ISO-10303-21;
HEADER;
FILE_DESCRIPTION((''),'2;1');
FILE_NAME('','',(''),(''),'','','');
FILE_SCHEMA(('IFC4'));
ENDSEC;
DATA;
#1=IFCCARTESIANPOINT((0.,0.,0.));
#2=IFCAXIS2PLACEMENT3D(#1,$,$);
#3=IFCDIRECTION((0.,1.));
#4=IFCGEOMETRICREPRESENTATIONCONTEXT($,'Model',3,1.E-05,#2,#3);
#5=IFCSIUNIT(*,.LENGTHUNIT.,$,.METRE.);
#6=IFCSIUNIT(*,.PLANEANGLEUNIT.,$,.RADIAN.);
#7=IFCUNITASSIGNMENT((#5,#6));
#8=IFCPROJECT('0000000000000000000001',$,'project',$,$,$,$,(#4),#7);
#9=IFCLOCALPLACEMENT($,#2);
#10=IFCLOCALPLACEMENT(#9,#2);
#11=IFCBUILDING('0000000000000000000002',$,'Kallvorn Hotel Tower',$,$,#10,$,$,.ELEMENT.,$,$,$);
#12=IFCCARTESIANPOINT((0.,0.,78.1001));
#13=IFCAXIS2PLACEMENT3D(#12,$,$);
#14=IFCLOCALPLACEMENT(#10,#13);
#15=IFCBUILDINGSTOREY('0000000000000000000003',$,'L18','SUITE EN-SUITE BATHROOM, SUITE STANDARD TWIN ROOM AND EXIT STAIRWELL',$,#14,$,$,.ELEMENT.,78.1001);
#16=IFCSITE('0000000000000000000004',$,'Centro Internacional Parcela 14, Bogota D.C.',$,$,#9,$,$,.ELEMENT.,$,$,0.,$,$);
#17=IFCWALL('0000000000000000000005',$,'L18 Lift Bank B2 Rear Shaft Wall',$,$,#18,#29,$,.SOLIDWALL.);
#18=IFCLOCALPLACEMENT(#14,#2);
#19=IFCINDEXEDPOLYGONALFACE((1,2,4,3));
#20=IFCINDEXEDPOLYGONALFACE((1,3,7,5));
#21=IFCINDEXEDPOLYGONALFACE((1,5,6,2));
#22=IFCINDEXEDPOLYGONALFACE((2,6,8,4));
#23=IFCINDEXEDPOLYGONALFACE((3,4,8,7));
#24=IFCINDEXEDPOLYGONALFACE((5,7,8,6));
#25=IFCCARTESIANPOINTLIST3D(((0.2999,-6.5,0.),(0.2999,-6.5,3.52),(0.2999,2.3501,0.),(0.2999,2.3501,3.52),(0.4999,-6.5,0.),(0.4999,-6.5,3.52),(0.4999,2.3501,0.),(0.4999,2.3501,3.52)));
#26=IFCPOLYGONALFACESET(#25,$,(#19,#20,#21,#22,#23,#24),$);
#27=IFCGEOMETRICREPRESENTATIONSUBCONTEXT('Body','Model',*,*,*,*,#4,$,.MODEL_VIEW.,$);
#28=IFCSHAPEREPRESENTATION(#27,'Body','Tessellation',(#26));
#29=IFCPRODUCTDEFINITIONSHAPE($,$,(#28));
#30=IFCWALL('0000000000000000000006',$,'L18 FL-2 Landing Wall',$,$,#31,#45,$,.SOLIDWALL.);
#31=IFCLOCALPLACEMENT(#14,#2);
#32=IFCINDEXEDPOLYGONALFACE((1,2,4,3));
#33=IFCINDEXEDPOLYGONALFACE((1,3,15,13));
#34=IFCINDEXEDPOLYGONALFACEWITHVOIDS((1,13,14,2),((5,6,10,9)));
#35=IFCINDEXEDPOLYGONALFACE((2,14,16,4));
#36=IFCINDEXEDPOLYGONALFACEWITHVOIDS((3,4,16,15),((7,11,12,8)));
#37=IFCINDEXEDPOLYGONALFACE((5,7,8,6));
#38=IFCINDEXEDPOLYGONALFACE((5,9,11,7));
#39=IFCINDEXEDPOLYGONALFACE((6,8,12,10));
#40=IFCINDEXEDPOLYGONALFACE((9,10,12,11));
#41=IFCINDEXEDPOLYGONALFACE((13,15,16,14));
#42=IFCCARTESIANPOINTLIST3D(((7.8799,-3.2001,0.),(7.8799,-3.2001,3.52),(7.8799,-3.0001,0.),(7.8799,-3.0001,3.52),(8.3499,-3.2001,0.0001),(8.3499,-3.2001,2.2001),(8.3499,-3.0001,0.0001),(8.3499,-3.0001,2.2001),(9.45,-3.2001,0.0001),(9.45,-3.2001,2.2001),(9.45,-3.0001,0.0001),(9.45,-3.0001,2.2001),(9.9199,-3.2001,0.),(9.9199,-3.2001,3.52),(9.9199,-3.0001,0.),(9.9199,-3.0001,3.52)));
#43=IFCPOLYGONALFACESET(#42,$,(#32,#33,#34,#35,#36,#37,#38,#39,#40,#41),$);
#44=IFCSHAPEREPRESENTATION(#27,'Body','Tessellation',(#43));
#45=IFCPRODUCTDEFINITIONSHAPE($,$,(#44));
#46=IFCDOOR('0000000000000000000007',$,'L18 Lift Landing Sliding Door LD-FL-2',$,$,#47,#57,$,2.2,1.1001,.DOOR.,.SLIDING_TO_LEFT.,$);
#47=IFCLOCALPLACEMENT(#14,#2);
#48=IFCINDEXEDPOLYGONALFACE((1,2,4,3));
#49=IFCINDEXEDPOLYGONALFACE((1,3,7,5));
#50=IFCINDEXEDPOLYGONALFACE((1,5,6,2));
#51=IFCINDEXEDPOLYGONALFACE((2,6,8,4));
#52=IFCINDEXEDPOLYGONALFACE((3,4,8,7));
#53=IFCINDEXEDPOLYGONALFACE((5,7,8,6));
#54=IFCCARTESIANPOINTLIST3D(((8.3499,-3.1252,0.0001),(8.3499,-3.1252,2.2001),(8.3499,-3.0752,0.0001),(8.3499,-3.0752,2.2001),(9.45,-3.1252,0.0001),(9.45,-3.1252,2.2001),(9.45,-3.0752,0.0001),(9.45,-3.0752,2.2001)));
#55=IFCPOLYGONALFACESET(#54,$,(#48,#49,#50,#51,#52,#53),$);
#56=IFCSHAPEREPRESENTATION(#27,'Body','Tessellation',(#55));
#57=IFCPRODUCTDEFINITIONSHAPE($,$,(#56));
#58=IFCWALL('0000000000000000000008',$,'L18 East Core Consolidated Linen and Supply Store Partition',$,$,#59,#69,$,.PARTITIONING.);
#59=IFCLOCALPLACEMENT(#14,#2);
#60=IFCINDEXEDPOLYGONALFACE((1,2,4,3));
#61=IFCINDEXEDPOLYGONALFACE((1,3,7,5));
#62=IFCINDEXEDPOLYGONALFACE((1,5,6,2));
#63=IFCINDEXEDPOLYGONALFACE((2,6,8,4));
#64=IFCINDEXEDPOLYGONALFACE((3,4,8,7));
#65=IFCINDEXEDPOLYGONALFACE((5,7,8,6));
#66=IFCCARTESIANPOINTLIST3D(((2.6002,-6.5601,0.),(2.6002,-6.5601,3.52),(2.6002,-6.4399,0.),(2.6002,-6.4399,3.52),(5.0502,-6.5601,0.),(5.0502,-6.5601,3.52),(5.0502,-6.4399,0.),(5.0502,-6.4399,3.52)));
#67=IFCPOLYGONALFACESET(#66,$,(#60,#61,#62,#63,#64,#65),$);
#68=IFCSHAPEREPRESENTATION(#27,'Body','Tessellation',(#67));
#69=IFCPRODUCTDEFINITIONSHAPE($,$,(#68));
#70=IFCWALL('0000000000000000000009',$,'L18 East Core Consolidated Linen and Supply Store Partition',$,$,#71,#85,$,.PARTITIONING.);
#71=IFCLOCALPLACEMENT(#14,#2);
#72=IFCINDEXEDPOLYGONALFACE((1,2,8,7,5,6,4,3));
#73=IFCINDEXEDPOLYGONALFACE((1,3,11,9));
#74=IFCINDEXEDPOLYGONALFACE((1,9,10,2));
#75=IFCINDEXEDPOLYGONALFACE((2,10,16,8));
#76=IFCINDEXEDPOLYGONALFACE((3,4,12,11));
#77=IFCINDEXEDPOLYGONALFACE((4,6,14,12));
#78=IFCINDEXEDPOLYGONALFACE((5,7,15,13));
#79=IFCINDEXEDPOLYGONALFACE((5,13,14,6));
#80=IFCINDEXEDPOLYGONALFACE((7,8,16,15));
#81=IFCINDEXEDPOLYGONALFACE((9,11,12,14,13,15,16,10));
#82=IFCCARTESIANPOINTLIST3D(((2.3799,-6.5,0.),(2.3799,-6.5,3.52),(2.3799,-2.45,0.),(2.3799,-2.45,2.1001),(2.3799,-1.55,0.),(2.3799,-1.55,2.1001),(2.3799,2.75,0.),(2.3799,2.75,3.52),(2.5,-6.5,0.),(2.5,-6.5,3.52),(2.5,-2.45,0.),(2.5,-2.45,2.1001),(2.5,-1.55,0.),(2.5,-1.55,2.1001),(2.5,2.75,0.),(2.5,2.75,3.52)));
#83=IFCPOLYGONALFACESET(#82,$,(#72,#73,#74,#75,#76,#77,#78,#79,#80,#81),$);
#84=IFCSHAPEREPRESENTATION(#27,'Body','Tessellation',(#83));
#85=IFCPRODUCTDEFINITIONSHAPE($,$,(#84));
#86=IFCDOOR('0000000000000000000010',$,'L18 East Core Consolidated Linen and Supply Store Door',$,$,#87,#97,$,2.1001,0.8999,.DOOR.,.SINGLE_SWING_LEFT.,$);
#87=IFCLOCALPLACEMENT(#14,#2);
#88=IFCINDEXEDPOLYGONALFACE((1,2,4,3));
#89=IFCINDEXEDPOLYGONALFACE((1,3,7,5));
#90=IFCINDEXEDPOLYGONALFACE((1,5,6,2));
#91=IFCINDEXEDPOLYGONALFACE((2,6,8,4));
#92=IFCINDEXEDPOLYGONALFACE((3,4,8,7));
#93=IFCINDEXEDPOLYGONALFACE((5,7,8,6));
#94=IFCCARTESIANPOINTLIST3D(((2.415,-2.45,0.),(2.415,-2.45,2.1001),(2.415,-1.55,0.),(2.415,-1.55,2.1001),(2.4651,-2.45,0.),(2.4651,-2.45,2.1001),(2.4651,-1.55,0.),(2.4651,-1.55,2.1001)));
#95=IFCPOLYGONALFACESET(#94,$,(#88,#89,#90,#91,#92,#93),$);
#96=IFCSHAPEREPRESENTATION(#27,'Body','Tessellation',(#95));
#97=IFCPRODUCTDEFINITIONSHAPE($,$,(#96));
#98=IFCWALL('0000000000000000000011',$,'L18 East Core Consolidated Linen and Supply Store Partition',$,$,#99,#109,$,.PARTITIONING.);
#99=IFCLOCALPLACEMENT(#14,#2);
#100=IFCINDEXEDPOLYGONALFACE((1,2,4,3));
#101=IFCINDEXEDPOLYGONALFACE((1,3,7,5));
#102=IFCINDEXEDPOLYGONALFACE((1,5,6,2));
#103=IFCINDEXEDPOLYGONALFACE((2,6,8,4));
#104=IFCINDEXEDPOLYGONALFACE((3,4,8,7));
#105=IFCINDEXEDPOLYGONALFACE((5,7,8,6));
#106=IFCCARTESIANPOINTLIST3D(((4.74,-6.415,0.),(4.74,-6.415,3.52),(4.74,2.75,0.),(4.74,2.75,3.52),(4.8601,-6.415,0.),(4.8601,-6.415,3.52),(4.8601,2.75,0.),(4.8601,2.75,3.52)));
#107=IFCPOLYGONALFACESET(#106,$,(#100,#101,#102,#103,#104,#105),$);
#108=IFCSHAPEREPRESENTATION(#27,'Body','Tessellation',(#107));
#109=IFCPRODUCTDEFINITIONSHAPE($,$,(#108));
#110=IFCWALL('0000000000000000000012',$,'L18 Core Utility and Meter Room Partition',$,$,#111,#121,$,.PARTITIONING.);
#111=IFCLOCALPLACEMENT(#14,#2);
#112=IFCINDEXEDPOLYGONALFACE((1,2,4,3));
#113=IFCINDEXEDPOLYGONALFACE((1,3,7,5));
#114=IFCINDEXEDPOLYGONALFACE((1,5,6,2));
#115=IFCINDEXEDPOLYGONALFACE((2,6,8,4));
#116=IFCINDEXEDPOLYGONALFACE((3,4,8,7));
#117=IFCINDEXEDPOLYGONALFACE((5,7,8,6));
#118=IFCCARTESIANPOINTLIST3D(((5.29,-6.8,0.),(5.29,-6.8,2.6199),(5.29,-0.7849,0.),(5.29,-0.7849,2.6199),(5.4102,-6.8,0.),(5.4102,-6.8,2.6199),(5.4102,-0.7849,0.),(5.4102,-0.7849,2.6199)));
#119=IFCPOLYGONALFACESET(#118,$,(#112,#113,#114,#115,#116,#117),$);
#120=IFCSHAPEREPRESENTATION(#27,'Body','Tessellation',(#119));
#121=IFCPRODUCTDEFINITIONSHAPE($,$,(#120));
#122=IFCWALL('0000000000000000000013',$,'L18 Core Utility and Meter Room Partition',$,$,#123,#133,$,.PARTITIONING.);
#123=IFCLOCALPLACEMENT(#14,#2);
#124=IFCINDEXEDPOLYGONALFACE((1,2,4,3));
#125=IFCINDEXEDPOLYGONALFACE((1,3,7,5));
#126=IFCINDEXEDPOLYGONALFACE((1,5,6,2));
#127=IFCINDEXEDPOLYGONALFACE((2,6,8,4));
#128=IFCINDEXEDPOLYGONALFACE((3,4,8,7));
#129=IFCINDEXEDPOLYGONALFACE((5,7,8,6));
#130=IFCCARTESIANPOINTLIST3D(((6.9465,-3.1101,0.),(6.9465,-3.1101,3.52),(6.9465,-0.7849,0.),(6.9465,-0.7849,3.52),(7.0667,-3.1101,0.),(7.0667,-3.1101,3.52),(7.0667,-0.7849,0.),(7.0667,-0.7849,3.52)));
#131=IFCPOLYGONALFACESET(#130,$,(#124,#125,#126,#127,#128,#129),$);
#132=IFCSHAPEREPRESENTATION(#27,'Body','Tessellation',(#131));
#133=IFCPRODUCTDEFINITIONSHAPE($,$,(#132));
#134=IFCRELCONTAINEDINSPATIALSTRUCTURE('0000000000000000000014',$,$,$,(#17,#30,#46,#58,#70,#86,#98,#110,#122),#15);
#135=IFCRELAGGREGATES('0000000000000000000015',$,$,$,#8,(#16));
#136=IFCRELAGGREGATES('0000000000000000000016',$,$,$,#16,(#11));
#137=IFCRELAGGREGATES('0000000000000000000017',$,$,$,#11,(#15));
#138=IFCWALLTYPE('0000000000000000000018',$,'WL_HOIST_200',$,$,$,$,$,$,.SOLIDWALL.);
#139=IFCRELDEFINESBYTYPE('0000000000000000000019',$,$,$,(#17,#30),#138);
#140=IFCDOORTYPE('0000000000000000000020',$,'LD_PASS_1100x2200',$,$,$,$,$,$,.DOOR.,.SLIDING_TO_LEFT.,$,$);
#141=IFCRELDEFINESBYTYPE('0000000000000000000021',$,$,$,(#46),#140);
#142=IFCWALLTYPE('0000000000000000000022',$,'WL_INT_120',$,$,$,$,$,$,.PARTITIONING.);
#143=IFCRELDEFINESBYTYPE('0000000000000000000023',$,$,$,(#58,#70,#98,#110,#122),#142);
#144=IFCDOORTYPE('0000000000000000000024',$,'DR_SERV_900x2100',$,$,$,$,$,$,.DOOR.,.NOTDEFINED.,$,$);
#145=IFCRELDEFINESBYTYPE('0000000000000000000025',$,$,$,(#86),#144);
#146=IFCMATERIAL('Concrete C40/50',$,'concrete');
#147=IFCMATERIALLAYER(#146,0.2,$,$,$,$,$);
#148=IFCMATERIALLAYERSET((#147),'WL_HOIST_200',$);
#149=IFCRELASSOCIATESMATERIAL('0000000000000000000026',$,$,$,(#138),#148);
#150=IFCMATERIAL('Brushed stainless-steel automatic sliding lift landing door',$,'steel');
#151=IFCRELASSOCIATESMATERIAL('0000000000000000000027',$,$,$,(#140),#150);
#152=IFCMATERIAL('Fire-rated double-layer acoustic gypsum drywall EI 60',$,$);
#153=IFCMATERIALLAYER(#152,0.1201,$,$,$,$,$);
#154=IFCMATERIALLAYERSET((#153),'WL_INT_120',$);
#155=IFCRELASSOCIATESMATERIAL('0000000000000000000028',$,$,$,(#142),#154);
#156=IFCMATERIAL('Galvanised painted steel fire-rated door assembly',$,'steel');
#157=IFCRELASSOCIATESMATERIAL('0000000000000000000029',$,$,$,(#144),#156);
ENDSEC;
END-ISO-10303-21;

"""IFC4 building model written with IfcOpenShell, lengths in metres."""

from ifc_helpers import new_model, si_unit, direction, frame, frame_2d, origin, place, context, subcontext, project, spatial, rectangle, extrude, material, layer, layer_set, type_object, element, fill, save


model = new_model("IFC4")

# Units and contexts
model_context = context("Model", 3, precision=1e-05, world=origin(), true_north=direction((0.0, 1.0)))
body_context = subcontext(model_context, "Body", "Model", "MODEL_VIEW")
ifc_project = project(units=[si_unit("LENGTHUNIT", "METRE"), si_unit("PLANEANGLEUNIT", "RADIAN")], contexts=[model_context])

# Site, building, storey
site_placement = place(None, origin())
site = spatial("IfcSite", under=ifc_project, at=site_placement, Name="Centro Internacional Parcela 14, Bogota D.C.", CompositionType="ELEMENT", RefElevation=0.0)
building_placement = place(site_placement, origin())
building = spatial("IfcBuilding", under=site, at=building_placement, Name="Kallvorn Hotel Tower", CompositionType="ELEMENT")
storey_placement = place(building_placement, frame((0.0, 0.0, 78.1001)))
storey = spatial("IfcBuildingStorey", under=building, at=storey_placement, Name="L18", Description="SUITE EN-SUITE BATHROOM, SUITE STANDARD TWIN ROOM AND EXIT STAIRWELL", CompositionType="ELEMENT", Elevation=78.1001)

# Wall
ifc_material_1 = material(Name="Concrete C40/50", Category="concrete")
ifc_layer_1 = layer(ifc_material_1, 0.2)
ifc_layer_set_1 = layer_set([ifc_layer_1], Name="WL_HOIST_200")
wall_type_1 = type_object("IfcWallType", Name="WL_HOIST_200", PredefinedType="SOLIDWALL", material=ifc_layer_set_1)
wall_1_placement = place(storey_placement, frame((0.3999, -6.5, 0.0), z_axis=(0.0, 0.0, 1.0), x_axis=(0.0, 1.0, 0.0)))
element("IfcWall", 1, at=wall_1_placement, inside=storey, type_object=wall_type_1, Name="L18 Lift Bank B2 Rear Shaft Wall", PredefinedType="SOLIDWALL", context=body_context, shape_type="SweptSolid", body=[
    extrude(rectangle(XDim=8.8501, YDim=0.2, at=frame_2d((4.425, 0.0))), origin(), (0.0, 0.0, 1.0), 3.52),
])

# Wall, opening, door
wall_2_placement = place(storey_placement, frame((7.8799, -3.1001, 0.0), z_axis=(0.0, 0.0, 1.0), x_axis=(1.0, 0.0, 0.0)))
wall_2 = element("IfcWall", 2, at=wall_2_placement, inside=storey, type_object=wall_type_1, Name="L18 FL-2 Landing Wall", PredefinedType="SOLIDWALL", context=body_context, shape_type="SweptSolid", body=[
    extrude(rectangle(XDim=2.04, YDim=0.2, at=frame_2d((1.02, 0.0))), origin(), (0.0, 0.0, 1.0), 3.52),
])
opening_1_placement = place(wall_2_placement, frame((0.47, 0.0, 0.0)))
opening_1 = element("IfcOpeningElement", 3, at=opening_1_placement, cuts=wall_2, PredefinedType="OPENING", context=body_context, shape_type="SweptSolid", body=[
    extrude(rectangle(XDim=1.1001, YDim=2.2, at=frame_2d((0.55, 1.1001))), frame((0.0, 0.115, 0.0), z_axis=(0.0, -1.0, 0.0), x_axis=(1.0, 0.0, 0.0)), (0.0, 0.0, 1.0), 0.23),
])
ifc_material_2 = material(Name="Brushed stainless-steel automatic sliding lift landing door", Category="steel")
door_type_1 = type_object("IfcDoorType", Name="LD_PASS_1100x2200", OperationType="SLIDING_TO_LEFT", PredefinedType="DOOR", material=ifc_material_2)
door_1_placement = place(opening_1_placement, origin())
door_1 = element("IfcDoor", 4, at=door_1_placement, inside=storey, type_object=door_type_1, Name="L18 Lift Landing Sliding Door LD-FL-2", OperationType="SLIDING_TO_LEFT", OverallHeight=2.2, OverallWidth=1.1001, PredefinedType="DOOR", context=body_context, shape_type="SweptSolid", body=[
    extrude(rectangle(XDim=1.1001, YDim=2.2, at=frame_2d((0.55, 1.1001))), frame((0.0, 0.0249, 0.0), z_axis=(0.0, -1.0, 0.0), x_axis=(1.0, 0.0, 0.0)), (0.0, 0.0, 1.0), 0.05),
])
fill(opening_1, door_1)

# Wall
ifc_material_3 = material(Name="Fire-rated double-layer acoustic gypsum drywall EI 60")
ifc_layer_2 = layer(ifc_material_3, 0.1201)
ifc_layer_set_2 = layer_set([ifc_layer_2], Name="WL_INT_120")
wall_type_2 = type_object("IfcWallType", Name="WL_INT_120", PredefinedType="PARTITIONING", material=ifc_layer_set_2)
wall_3_placement = place(storey_placement, frame((2.6001, -6.5, 0.0), z_axis=(0.0, 0.0, 1.0), x_axis=(1.0, 0.0, 0.0)))
element("IfcWall", 5, at=wall_3_placement, inside=storey, type_object=wall_type_2, Name="L18 East Core Consolidated Linen and Supply Store Partition", PredefinedType="PARTITIONING", context=body_context, shape_type="SweptSolid", body=[
    extrude(rectangle(XDim=2.45, YDim=0.1201, at=frame_2d((1.2251, 0.0))), origin(), (0.0, 0.0, 1.0), 3.52),
])

# Wall, opening, door
wall_4_placement = place(storey_placement, frame((2.4399, -6.5, 0.0), z_axis=(0.0, 0.0, 1.0), x_axis=(0.0, 1.0, 0.0)))
wall_4 = element("IfcWall", 6, at=wall_4_placement, inside=storey, type_object=wall_type_2, Name="L18 East Core Consolidated Linen and Supply Store Partition", PredefinedType="PARTITIONING", context=body_context, shape_type="SweptSolid", body=[
    extrude(rectangle(XDim=9.25, YDim=0.1201, at=frame_2d((4.625, 0.0))), origin(), (0.0, 0.0, 1.0), 3.52),
])
opening_2_placement = place(wall_4_placement, frame((4.05, 0.0, 0.0)))
opening_2 = element("IfcOpeningElement", 7, at=opening_2_placement, cuts=wall_4, PredefinedType="OPENING", context=body_context, shape_type="SweptSolid", body=[
    extrude(rectangle(XDim=0.8999, YDim=2.1001, at=frame_2d((0.45, 1.05))), frame((0.0, 0.075, 0.0), z_axis=(0.0, -1.0, 0.0), x_axis=(1.0, 0.0, 0.0)), (0.0, 0.0, 1.0), 0.1501),
])
ifc_material_4 = material(Name="Galvanised painted steel fire-rated door assembly", Category="steel")
door_type_2 = type_object("IfcDoorType", Name="DR_SERV_900x2100", OperationType="NOTDEFINED", PredefinedType="DOOR", material=ifc_material_4)
door_2_placement = place(opening_2_placement, origin())
door_2 = element("IfcDoor", 8, at=door_2_placement, inside=storey, type_object=door_type_2, Name="L18 East Core Consolidated Linen and Supply Store Door", OperationType="SINGLE_SWING_LEFT", OverallHeight=2.1001, OverallWidth=0.8999, PredefinedType="DOOR", context=body_context, shape_type="SweptSolid", body=[
    extrude(rectangle(XDim=0.8999, YDim=2.1001, at=frame_2d((0.45, 1.05))), frame((0.0, 0.0249, 0.0), z_axis=(0.0, -1.0, 0.0), x_axis=(1.0, 0.0, 0.0)), (0.0, 0.0, 1.0), 0.05),
])
fill(opening_2, door_2)

# Walls
wall_5_placement = place(storey_placement, frame((4.8, -6.415, 0.0), z_axis=(0.0, 0.0, 1.0), x_axis=(0.0, 1.0, 0.0)))
element("IfcWall", 9, at=wall_5_placement, inside=storey, type_object=wall_type_2, Name="L18 East Core Consolidated Linen and Supply Store Partition", PredefinedType="PARTITIONING", context=body_context, shape_type="SweptSolid", body=[
    extrude(rectangle(XDim=9.165, YDim=0.1201, at=frame_2d((4.5825, 0.0))), origin(), (0.0, 0.0, 1.0), 3.52),
])
wall_6_placement = place(storey_placement, frame((5.3501, -6.8, 0.0), z_axis=(0.0, 0.0, 1.0), x_axis=(0.0, 1.0, 0.0)))
element("IfcWall", 10, at=wall_6_placement, inside=storey, type_object=wall_type_2, Name="L18 Core Utility and Meter Room Partition", PredefinedType="PARTITIONING", context=body_context, shape_type="SweptSolid", body=[
    extrude(rectangle(XDim=6.0151, YDim=0.1201, at=frame_2d((3.0076, 0.0))), origin(), (0.0, 0.0, 1.0), 2.6199),
])
wall_7_placement = place(storey_placement, frame((7.0066, -3.1101, 0.0), z_axis=(0.0, 0.0, 1.0), x_axis=(0.0, 1.0, 0.0)))
element("IfcWall", 11, at=wall_7_placement, inside=storey, type_object=wall_type_2, Name="L18 Core Utility and Meter Room Partition", PredefinedType="PARTITIONING", context=body_context, shape_type="SweptSolid", body=[
    extrude(rectangle(XDim=2.3252, YDim=0.1201, at=frame_2d((1.1626, 0.0))), origin(), (0.0, 0.0, 1.0), 3.52),
])

save(model, "model.ifc")
